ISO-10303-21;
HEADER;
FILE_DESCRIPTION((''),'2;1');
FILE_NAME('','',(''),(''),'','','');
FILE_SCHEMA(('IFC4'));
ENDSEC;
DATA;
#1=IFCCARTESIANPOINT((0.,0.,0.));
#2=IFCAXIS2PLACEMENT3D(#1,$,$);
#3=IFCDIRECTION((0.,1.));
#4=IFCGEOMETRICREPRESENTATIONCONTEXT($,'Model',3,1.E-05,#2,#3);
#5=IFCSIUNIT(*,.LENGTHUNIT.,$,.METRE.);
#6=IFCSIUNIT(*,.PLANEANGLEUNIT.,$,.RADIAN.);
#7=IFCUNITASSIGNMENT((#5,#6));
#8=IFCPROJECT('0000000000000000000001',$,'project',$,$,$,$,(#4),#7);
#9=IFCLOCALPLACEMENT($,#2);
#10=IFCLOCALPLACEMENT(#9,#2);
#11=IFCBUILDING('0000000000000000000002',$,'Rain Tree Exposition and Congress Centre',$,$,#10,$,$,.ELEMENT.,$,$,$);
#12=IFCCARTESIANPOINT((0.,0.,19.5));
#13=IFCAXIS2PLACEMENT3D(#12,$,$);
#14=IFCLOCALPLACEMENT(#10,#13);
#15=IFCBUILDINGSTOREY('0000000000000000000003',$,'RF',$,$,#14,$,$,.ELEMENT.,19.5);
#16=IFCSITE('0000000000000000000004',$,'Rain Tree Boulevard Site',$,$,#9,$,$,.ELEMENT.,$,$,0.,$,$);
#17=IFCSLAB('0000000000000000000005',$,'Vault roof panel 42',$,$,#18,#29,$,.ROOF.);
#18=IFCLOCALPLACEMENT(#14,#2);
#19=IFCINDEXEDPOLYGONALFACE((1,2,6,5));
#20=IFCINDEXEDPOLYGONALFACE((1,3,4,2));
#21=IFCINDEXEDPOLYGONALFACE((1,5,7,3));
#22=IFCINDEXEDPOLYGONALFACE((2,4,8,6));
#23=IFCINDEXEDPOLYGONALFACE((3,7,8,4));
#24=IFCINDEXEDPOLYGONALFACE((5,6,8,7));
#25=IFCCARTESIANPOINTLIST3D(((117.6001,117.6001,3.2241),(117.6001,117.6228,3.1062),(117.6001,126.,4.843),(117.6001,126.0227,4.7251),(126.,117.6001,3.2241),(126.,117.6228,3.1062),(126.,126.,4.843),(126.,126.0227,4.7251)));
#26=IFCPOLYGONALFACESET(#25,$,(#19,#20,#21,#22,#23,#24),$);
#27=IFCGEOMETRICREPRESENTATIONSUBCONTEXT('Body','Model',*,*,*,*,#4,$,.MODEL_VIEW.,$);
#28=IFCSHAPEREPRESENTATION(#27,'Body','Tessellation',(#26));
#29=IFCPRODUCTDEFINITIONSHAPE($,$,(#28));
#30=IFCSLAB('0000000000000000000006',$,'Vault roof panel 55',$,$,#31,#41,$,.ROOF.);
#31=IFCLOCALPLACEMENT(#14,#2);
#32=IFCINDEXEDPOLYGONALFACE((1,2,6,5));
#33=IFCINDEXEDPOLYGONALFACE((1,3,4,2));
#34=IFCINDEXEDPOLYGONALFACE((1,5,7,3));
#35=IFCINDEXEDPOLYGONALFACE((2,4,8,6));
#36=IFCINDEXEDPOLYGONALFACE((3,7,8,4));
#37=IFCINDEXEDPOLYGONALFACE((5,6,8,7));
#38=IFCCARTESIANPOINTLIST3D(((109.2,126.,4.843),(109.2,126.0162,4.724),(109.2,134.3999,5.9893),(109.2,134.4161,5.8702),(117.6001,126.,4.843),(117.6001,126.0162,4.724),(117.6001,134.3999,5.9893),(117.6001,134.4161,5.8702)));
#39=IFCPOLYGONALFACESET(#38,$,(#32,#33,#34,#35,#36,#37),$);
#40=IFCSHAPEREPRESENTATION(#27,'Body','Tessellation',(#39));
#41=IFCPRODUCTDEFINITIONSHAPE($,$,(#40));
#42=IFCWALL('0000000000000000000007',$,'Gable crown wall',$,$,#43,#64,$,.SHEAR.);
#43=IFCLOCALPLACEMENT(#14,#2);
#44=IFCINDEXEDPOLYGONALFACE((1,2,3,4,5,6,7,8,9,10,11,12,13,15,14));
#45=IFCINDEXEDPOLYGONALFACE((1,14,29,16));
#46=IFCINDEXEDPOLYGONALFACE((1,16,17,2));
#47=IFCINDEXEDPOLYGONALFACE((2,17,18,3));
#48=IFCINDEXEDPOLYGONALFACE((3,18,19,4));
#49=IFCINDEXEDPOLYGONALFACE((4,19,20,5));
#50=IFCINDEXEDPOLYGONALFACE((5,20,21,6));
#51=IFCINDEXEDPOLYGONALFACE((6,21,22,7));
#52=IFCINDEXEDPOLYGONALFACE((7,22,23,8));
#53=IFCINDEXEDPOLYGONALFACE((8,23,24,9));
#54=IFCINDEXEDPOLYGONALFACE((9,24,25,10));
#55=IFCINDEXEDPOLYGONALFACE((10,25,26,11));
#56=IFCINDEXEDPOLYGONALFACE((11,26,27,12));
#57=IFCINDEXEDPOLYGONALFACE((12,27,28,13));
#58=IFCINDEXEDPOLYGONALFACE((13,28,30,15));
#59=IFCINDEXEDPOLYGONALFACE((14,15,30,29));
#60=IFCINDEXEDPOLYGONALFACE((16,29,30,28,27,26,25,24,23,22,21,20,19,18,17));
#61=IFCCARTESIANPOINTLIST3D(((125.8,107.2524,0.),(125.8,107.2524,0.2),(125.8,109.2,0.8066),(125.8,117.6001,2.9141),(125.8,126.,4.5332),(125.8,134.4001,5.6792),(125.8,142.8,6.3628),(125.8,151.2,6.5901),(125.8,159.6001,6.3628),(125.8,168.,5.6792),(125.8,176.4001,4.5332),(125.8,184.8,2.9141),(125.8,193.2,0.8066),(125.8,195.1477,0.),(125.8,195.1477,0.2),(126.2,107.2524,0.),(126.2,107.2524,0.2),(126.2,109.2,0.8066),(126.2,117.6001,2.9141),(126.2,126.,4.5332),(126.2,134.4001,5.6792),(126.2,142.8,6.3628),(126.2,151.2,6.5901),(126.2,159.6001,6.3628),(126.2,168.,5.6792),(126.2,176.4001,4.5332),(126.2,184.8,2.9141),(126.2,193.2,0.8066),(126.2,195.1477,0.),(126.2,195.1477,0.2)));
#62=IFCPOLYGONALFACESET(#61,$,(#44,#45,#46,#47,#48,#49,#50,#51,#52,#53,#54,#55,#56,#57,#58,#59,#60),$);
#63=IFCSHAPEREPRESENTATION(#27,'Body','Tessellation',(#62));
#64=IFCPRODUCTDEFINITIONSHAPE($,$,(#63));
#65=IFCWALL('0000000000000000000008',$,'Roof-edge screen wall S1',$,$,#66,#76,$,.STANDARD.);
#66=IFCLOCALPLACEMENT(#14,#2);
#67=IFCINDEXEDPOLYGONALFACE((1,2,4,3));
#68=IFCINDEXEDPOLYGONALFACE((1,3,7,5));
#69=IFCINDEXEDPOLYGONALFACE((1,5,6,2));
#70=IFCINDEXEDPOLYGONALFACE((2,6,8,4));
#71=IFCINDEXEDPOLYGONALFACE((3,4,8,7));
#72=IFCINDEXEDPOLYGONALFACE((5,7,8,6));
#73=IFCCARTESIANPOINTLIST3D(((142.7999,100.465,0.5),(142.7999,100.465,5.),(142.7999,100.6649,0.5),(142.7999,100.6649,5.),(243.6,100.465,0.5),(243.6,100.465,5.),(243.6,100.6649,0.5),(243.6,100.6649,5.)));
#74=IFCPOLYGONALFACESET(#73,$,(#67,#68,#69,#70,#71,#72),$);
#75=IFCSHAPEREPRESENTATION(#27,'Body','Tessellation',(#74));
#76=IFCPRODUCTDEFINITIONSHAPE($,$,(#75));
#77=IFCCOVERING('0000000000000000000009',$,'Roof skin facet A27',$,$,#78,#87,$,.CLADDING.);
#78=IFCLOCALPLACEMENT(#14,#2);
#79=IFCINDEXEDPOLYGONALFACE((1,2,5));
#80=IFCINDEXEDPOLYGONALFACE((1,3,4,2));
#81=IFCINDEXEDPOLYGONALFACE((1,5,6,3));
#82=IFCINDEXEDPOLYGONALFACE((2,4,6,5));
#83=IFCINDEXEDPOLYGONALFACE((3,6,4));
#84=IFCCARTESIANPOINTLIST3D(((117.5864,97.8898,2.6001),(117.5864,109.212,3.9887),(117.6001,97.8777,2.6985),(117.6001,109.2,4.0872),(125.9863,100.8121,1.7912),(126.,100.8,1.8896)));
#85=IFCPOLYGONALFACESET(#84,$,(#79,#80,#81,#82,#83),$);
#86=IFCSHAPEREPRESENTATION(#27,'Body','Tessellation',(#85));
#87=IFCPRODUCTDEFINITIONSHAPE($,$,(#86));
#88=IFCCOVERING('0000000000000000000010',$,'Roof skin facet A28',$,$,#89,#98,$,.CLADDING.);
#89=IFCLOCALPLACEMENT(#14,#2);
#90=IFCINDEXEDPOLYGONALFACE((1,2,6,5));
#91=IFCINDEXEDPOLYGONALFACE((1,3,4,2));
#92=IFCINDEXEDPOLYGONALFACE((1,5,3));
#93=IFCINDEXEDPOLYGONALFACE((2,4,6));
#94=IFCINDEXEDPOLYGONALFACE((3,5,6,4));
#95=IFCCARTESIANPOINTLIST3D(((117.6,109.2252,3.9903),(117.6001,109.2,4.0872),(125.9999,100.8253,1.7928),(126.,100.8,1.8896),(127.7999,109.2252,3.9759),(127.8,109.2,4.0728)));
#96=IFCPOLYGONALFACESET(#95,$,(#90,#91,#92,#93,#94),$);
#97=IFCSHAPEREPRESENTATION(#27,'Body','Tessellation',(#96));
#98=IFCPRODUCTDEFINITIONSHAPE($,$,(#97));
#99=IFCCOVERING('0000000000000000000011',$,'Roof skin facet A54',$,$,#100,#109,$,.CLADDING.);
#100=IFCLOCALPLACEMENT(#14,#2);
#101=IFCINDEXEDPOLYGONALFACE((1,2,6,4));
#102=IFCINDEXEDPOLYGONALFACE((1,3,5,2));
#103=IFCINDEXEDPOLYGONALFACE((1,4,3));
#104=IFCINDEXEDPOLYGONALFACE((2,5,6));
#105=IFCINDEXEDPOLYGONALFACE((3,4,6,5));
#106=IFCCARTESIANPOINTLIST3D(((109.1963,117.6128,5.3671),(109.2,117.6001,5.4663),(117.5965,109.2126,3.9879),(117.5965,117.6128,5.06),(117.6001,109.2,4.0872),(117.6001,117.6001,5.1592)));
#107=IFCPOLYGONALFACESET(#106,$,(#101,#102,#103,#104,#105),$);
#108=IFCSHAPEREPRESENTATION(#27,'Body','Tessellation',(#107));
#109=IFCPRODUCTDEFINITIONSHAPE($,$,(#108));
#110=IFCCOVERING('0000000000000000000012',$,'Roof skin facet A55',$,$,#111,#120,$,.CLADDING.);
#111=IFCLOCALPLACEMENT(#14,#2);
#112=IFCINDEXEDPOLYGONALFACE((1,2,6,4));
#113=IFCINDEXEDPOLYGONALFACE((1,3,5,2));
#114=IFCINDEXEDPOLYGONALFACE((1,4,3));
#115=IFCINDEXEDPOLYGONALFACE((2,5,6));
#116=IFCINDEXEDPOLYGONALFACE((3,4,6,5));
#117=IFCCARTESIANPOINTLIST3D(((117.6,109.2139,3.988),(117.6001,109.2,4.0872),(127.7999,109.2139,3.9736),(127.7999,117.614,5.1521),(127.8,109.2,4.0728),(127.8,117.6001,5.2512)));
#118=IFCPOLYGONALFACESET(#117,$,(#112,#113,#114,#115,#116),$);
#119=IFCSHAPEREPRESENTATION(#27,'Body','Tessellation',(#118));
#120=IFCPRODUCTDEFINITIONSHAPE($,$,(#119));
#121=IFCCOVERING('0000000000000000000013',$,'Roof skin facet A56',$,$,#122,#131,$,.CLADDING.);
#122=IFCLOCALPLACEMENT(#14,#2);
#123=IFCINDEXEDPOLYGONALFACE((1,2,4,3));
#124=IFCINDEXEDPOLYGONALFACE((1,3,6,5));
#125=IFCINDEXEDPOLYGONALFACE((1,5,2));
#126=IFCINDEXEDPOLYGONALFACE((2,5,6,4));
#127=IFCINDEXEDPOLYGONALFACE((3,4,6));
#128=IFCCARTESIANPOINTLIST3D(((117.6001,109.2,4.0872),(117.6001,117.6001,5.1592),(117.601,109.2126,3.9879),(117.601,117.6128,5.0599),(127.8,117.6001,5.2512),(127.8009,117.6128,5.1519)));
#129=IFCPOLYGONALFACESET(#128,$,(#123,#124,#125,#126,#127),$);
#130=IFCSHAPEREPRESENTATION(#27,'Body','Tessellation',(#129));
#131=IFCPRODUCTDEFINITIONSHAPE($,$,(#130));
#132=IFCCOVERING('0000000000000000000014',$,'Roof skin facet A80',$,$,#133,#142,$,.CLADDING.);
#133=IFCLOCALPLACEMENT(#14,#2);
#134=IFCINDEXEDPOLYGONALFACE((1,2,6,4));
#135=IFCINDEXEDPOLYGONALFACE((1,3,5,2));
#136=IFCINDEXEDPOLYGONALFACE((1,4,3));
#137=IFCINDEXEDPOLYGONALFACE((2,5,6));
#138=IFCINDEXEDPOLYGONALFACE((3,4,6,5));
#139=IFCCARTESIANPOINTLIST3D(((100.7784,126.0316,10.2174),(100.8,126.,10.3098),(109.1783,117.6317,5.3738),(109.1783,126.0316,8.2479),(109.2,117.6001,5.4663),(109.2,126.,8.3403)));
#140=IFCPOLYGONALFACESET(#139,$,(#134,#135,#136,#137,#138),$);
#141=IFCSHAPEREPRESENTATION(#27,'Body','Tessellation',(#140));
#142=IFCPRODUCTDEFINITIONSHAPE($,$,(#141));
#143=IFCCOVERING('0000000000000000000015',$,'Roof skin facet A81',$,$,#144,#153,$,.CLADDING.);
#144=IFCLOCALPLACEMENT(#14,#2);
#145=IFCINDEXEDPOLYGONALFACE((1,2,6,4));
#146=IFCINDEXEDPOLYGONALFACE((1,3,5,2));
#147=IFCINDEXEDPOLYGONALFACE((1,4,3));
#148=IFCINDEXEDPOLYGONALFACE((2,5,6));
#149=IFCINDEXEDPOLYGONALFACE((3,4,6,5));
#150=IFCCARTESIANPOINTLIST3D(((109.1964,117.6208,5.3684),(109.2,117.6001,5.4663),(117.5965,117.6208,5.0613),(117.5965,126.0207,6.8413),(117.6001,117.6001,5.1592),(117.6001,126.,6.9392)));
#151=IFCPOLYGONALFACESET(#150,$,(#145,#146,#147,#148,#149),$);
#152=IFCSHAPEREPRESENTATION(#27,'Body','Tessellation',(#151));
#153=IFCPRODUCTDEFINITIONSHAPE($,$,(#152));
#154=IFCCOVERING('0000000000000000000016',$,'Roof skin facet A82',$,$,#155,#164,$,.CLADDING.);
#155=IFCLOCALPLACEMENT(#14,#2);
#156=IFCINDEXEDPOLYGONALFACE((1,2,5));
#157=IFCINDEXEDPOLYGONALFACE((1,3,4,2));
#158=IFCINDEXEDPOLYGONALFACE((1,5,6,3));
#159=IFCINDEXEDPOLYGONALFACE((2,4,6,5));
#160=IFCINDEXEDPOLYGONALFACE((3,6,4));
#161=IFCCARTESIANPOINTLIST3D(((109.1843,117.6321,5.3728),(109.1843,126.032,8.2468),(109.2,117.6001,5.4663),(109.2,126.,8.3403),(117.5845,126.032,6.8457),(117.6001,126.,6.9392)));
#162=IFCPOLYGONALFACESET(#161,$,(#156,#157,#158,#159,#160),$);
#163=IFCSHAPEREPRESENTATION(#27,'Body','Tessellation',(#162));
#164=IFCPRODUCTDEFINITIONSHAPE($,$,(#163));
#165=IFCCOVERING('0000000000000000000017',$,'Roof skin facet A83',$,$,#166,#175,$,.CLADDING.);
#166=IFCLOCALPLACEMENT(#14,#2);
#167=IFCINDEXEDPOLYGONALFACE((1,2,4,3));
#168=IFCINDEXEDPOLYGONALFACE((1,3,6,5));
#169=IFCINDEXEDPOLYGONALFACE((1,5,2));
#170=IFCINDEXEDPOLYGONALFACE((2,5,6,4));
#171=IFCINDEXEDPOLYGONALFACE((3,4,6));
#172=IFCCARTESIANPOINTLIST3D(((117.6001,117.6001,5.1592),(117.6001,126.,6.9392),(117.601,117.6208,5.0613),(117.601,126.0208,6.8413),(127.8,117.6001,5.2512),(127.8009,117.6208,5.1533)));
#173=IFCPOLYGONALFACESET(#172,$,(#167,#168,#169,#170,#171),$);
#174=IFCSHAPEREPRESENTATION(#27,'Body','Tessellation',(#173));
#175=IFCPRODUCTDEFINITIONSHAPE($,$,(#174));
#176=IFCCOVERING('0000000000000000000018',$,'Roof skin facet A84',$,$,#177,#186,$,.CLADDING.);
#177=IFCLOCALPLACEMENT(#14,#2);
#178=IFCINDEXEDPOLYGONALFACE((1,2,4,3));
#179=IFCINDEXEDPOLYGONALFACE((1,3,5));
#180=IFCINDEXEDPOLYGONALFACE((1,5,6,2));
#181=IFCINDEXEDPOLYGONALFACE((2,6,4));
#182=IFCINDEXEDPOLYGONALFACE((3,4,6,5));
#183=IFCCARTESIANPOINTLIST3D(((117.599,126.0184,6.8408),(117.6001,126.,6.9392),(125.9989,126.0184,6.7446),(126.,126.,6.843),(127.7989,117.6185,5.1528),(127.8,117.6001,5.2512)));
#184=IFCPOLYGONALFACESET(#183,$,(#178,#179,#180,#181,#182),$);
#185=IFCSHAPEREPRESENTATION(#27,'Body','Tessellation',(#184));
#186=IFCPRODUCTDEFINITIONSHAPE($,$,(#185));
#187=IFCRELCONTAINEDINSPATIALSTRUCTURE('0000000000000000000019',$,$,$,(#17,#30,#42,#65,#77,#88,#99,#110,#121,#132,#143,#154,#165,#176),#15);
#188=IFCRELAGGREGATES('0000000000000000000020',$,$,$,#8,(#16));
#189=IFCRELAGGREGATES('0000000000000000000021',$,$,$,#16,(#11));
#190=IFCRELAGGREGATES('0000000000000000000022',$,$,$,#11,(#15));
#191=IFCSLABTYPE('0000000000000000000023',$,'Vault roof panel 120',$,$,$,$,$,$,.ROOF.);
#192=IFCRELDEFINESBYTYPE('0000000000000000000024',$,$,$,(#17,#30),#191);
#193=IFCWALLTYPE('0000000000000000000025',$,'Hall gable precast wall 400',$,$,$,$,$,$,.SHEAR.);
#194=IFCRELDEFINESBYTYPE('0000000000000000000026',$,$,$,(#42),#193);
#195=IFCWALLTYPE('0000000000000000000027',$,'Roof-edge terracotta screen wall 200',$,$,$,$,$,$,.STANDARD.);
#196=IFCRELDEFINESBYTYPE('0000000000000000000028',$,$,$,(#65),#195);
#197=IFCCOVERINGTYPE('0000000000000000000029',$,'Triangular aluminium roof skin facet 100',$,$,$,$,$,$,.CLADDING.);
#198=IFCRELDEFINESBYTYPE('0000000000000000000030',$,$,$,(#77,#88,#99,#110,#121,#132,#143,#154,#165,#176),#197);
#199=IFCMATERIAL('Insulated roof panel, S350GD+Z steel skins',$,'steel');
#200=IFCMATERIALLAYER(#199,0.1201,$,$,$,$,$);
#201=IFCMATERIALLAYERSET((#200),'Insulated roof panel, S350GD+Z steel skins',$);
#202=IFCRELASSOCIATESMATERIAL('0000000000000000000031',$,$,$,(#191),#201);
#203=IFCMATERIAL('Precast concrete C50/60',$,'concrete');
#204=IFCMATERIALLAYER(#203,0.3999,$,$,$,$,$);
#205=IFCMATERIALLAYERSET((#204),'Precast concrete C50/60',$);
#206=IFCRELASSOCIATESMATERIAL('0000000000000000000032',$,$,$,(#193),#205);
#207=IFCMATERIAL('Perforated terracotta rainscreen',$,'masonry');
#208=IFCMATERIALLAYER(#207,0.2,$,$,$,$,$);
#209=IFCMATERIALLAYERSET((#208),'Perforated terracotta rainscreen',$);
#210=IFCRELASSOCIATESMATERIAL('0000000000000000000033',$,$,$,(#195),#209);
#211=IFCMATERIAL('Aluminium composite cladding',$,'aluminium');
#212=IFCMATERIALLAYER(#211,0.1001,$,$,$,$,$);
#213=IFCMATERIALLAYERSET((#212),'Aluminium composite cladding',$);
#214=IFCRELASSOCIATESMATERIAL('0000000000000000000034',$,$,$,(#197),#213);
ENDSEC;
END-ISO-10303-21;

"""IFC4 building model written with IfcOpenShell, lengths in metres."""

from ifc_helpers import new_model, si_unit, direction, frame, frame_2d, origin, place, context, subcontext, project, spatial, polyline, rectangle, outline, extrude, material, layer, layer_set, type_object, element, save


model = new_model("IFC4")

# Units and contexts
model_context = context("Model", 3, precision=1e-05, world=origin(), true_north=direction((0.0, 1.0)))
body_context = subcontext(model_context, "Body", "Model", "MODEL_VIEW")
ifc_project = project(units=[si_unit("LENGTHUNIT", "METRE"), si_unit("PLANEANGLEUNIT", "RADIAN")], contexts=[model_context])

# Site, building, storey
site_placement = place(None, origin())
site = spatial("IfcSite", under=ifc_project, at=site_placement, Name="Rain Tree Boulevard Site", CompositionType="ELEMENT", RefElevation=0.0)
building_placement = place(site_placement, origin())
building = spatial("IfcBuilding", under=site, at=building_placement, Name="Rain Tree Exposition and Congress Centre", CompositionType="ELEMENT")
storey_placement = place(building_placement, frame((0.0, 0.0, 19.5)))
storey = spatial("IfcBuildingStorey", under=building, at=storey_placement, Name="RF", CompositionType="ELEMENT", Elevation=19.5)

# Slabs
ifc_material_1 = material(Name="Insulated roof panel, S350GD+Z steel skins", Category="steel")
ifc_layer_1 = layer(ifc_material_1, 0.1201)
ifc_layer_set_1 = layer_set([ifc_layer_1], Name="Insulated roof panel, S350GD+Z steel skins")
slab_type = type_object("IfcSlabType", Name="Vault roof panel 120", PredefinedType="ROOF", material=ifc_layer_set_1)
slab_1_placement = place(storey_placement, frame((117.6001, 117.6001, 3.2241), z_axis=(0.0, -0.189245, 0.98193), x_axis=(1.0, 0.0, 0.0)))
element("IfcSlab", 1, at=slab_1_placement, inside=storey, type_object=slab_type, Name="Vault roof panel 42", PredefinedType="ROOF", context=body_context, shape_type="SweptSolid", body=[
    extrude(outline(polyline([(0.0, 0.0), (8.3999, 0.0), (8.3999, 8.5545), (0.0, 8.5545), (0.0, 0.0)])), origin(), (0.0, 0.0, -1.0), 0.1201),
])
slab_2_placement = place(storey_placement, frame((109.2, 126.0, 4.843), z_axis=(0.0, -0.135206, 0.990818), x_axis=(1.0, 0.0, 0.0)))
element("IfcSlab", 2, at=slab_2_placement, inside=storey, type_object=slab_type, Name="Vault roof panel 55", PredefinedType="ROOF", context=body_context, shape_type="SweptSolid", body=[
    extrude(outline(polyline([(0.0, 0.0), (8.4001, 0.0), (8.4001, 8.4777), (0.0, 8.4777), (0.0, 0.0)])), origin(), (0.0, 0.0, -1.0), 0.1201),
])

# Walls
ifc_material_2 = material(Name="Precast concrete C50/60", Category="concrete")
ifc_layer_2 = layer(ifc_material_2, 0.3999)
ifc_layer_set_2 = layer_set([ifc_layer_2], Name="Precast concrete C50/60")
wall_type_1 = type_object("IfcWallType", Name="Hall gable precast wall 400", PredefinedType="SHEAR", material=ifc_layer_set_2)
wall_1_placement = place(storey_placement, frame((126.0, 107.2524, 0.0), z_axis=(0.0, 0.0, 1.0), x_axis=(0.0, 1.0, 0.0)))
element("IfcWall", 3, at=wall_1_placement, inside=storey, type_object=wall_type_1, Name="Gable crown wall", PredefinedType="SHEAR", context=body_context, shape_type="SweptSolid", body=[
    extrude(outline(polyline([(0.0, 0.0), (87.8953, 0.0), (87.8953, 0.2), (85.9475, 0.8066), (77.5476, 2.9141), (69.1477, 4.5332), (60.7476, 5.6792), (52.3477, 6.3628), (43.9475, 6.5901), (35.5476, 6.3628), (27.1477, 5.6792), (18.7476, 4.5332), (10.3477, 2.9141), (1.9475, 0.8066), (0.0, 0.2), (0.0, 0.0)])), frame((0.0, 0.2, 0.0), z_axis=(0.0, -1.0, 0.0), x_axis=(1.0, 0.0, 0.0)), (0.0, 0.0, 1.0), 0.3999),
])
ifc_material_3 = material(Name="Perforated terracotta rainscreen", Category="masonry")
ifc_layer_3 = layer(ifc_material_3, 0.2)
ifc_layer_set_3 = layer_set([ifc_layer_3], Name="Perforated terracotta rainscreen")
wall_type_2 = type_object("IfcWallType", Name="Roof-edge terracotta screen wall 200", PredefinedType="STANDARD", material=ifc_layer_set_3)
wall_2_placement = place(storey_placement, frame((142.8, 100.5649, 0.5), z_axis=(0.0, 0.0, 1.0), x_axis=(1.0, 0.0, 0.0)))
element("IfcWall", 4, at=wall_2_placement, inside=storey, type_object=wall_type_2, Name="Roof-edge screen wall S1", PredefinedType="STANDARD", context=body_context, shape_type="SweptSolid", body=[
    extrude(rectangle(XDim=100.8, YDim=0.2, at=frame_2d((50.3999, 0.0))), origin(), (0.0, 0.0, 1.0), 4.5),
])

# Coverings
ifc_material_4 = material(Name="Aluminium composite cladding", Category="aluminium")
ifc_layer_4 = layer(ifc_material_4, 0.1001)
ifc_layer_set_4 = layer_set([ifc_layer_4], Name="Aluminium composite cladding")
covering_type = type_object("IfcCoveringType", Name="Triangular aluminium roof skin facet 100", PredefinedType="CLADDING", material=ifc_layer_set_4)
covering_1_placement = place(storey_placement, frame((117.6001, 97.8777, 2.6985), z_axis=(0.136635, -0.120596, 0.983254), x_axis=(0.940592, 0.327236, -0.090571)))
element("IfcCovering", 5, at=covering_1_placement, inside=storey, type_object=covering_type, Name="Roof skin facet A27", PredefinedType="CLADDING", context=body_context, shape_type="SweptSolid", body=[
    extrude(outline(polyline([(0.0, 0.0), (8.9304, 0.0), (3.5793, 10.831), (0.0, 0.0)])), origin(), (0.0, 0.0, -1.0), 0.1001),
])
covering_2_placement = place(storey_placement, frame((126.0, 100.8, 1.8896), z_axis=(0.001367, -0.251814, 0.967775), x_axis=(0.203082, 0.947679, 0.246298)))
element("IfcCovering", 6, at=covering_2_placement, inside=storey, type_object=covering_type, Name="Roof skin facet A28", PredefinedType="CLADDING", context=body_context, shape_type="SweptSolid", body=[
    extrude(outline(polyline([(0.0, 0.0), (8.8637, 0.0), (6.7958, 9.9881), (0.0, 0.0)])), origin(), (0.0, 0.0, -1.0), 0.1001),
])
covering_3_placement = place(storey_placement, frame((117.6001, 109.2, 4.0872), z_axis=(0.036244, -0.126509, 0.991303), x_axis=(0.0, 0.991955, 0.126593)))
element("IfcCovering", 7, at=covering_3_placement, inside=storey, type_object=covering_type, Name="Roof skin facet A54", PredefinedType="CLADDING", context=body_context, shape_type="SweptSolid", body=[
    extrude(outline(polyline([(0.0, 0.0), (8.4683, 0.0), (8.5072, 8.4057), (0.0, 0.0)])), origin(), (0.0, 0.0, -1.0), 0.1001),
])
covering_4_placement = place(storey_placement, frame((117.6001, 109.2, 4.0872), z_axis=(0.001398, -0.138931, 0.990301), x_axis=(0.999999, 0.0, -0.001412)))
element("IfcCovering", 8, at=covering_4_placement, inside=storey, type_object=covering_type, Name="Roof skin facet A55", PredefinedType="CLADDING", context=body_context, shape_type="SweptSolid", body=[
    extrude(outline(polyline([(0.0, 0.0), (10.2, 0.0), (10.1983, 8.4824), (0.0, 0.0)])), origin(), (0.0, 0.0, -1.0), 0.1001),
])
covering_5_placement = place(storey_placement, frame((117.6001, 109.2, 4.0872), z_axis=(-0.008951, -0.126588, 0.991915), x_axis=(0.768945, 0.633263, 0.087755)))
element("IfcCovering", 9, at=covering_5_placement, inside=storey, type_object=covering_type, Name="Roof skin facet A56", PredefinedType="CLADDING", context=body_context, shape_type="SweptSolid", body=[
    extrude(outline(polyline([(0.0, 0.0), (13.2649, 0.0), (5.4136, 6.5119), (0.0, 0.0)])), origin(), (0.0, 0.0, -1.0), 0.1001),
])
covering_6_placement = place(storey_placement, frame((109.2, 117.6001, 5.4663), z_axis=(0.216574, -0.316042, 0.923695), x_axis=(0.0, 0.946151, 0.323725)))
element("IfcCovering", 10, at=covering_6_placement, inside=storey, type_object=covering_type, Name="Roof skin facet A80", PredefinedType="CLADDING", context=body_context, shape_type="SweptSolid", body=[
    extrude(outline(polyline([(0.0, 0.0), (8.878, 0.0), (9.5155, 8.6041), (0.0, 0.0)])), origin(), (0.0, 0.0, -1.0), 0.1001),
])
covering_7_placement = place(storey_placement, frame((109.2, 117.6001, 5.4663), z_axis=(0.035745, -0.207175, 0.977651), x_axis=(0.999332, 0.0, -0.036538)))
element("IfcCovering", 11, at=covering_7_placement, inside=storey, type_object=covering_type, Name="Roof skin facet A81", PredefinedType="CLADDING", context=body_context, shape_type="SweptSolid", body=[
    extrude(outline(polyline([(0.0, 0.0), (8.4058, 0.0), (8.3407, 8.5862), (0.0, 0.0)])), origin(), (0.0, 0.0, -1.0), 0.1001),
])
covering_8_placement = place(storey_placement, frame((109.2, 117.6001, 5.4663), z_axis=(0.155886, -0.319768, 0.934584), x_axis=(0.701744, 0.701723, 0.123045)))
element("IfcCovering", 12, at=covering_8_placement, inside=storey, type_object=covering_type, Name="Roof skin facet A82", PredefinedType="CLADDING", context=body_context, shape_type="SweptSolid", body=[
    extrude(outline(polyline([(0.0, 0.0), (11.9704, 0.0), (6.248, 6.3072), (0.0, 0.0)])), origin(), (0.0, 0.0, -1.0), 0.1001),
])
covering_9_placement = place(storey_placement, frame((117.6001, 117.6001, 5.1592), z_axis=(-0.008827, -0.207299, 0.978238), x_axis=(0.999959, 0.0, 0.009023)))
element("IfcCovering", 13, at=covering_9_placement, inside=storey, type_object=covering_type, Name="Roof skin facet A83", PredefinedType="CLADDING", context=body_context, shape_type="SweptSolid", body=[
    extrude(outline(polyline([(0.0, 0.0), (10.2004, 0.0), (0.0161, 8.5864), (0.0, 0.0)])), origin(), (0.0, 0.0, -1.0), 0.1001),
])
covering_10_placement = place(storey_placement, frame((127.8, 117.6001, 5.2512), z_axis=(0.011256, -0.183848, 0.98289), x_axis=(-0.20603, 0.961435, 0.182194)))
element("IfcCovering", 14, at=covering_10_placement, inside=storey, type_object=covering_type, Name="Roof skin facet A84", PredefinedType="CLADDING", context=body_context, shape_type="SweptSolid", body=[
    extrude(outline(polyline([(0.0, 0.0), (8.7368, 0.0), (10.485, 8.2165), (0.0, 0.0)])), origin(), (0.0, 0.0, -1.0), 0.1001),
])

save(model, "model.ifc")
